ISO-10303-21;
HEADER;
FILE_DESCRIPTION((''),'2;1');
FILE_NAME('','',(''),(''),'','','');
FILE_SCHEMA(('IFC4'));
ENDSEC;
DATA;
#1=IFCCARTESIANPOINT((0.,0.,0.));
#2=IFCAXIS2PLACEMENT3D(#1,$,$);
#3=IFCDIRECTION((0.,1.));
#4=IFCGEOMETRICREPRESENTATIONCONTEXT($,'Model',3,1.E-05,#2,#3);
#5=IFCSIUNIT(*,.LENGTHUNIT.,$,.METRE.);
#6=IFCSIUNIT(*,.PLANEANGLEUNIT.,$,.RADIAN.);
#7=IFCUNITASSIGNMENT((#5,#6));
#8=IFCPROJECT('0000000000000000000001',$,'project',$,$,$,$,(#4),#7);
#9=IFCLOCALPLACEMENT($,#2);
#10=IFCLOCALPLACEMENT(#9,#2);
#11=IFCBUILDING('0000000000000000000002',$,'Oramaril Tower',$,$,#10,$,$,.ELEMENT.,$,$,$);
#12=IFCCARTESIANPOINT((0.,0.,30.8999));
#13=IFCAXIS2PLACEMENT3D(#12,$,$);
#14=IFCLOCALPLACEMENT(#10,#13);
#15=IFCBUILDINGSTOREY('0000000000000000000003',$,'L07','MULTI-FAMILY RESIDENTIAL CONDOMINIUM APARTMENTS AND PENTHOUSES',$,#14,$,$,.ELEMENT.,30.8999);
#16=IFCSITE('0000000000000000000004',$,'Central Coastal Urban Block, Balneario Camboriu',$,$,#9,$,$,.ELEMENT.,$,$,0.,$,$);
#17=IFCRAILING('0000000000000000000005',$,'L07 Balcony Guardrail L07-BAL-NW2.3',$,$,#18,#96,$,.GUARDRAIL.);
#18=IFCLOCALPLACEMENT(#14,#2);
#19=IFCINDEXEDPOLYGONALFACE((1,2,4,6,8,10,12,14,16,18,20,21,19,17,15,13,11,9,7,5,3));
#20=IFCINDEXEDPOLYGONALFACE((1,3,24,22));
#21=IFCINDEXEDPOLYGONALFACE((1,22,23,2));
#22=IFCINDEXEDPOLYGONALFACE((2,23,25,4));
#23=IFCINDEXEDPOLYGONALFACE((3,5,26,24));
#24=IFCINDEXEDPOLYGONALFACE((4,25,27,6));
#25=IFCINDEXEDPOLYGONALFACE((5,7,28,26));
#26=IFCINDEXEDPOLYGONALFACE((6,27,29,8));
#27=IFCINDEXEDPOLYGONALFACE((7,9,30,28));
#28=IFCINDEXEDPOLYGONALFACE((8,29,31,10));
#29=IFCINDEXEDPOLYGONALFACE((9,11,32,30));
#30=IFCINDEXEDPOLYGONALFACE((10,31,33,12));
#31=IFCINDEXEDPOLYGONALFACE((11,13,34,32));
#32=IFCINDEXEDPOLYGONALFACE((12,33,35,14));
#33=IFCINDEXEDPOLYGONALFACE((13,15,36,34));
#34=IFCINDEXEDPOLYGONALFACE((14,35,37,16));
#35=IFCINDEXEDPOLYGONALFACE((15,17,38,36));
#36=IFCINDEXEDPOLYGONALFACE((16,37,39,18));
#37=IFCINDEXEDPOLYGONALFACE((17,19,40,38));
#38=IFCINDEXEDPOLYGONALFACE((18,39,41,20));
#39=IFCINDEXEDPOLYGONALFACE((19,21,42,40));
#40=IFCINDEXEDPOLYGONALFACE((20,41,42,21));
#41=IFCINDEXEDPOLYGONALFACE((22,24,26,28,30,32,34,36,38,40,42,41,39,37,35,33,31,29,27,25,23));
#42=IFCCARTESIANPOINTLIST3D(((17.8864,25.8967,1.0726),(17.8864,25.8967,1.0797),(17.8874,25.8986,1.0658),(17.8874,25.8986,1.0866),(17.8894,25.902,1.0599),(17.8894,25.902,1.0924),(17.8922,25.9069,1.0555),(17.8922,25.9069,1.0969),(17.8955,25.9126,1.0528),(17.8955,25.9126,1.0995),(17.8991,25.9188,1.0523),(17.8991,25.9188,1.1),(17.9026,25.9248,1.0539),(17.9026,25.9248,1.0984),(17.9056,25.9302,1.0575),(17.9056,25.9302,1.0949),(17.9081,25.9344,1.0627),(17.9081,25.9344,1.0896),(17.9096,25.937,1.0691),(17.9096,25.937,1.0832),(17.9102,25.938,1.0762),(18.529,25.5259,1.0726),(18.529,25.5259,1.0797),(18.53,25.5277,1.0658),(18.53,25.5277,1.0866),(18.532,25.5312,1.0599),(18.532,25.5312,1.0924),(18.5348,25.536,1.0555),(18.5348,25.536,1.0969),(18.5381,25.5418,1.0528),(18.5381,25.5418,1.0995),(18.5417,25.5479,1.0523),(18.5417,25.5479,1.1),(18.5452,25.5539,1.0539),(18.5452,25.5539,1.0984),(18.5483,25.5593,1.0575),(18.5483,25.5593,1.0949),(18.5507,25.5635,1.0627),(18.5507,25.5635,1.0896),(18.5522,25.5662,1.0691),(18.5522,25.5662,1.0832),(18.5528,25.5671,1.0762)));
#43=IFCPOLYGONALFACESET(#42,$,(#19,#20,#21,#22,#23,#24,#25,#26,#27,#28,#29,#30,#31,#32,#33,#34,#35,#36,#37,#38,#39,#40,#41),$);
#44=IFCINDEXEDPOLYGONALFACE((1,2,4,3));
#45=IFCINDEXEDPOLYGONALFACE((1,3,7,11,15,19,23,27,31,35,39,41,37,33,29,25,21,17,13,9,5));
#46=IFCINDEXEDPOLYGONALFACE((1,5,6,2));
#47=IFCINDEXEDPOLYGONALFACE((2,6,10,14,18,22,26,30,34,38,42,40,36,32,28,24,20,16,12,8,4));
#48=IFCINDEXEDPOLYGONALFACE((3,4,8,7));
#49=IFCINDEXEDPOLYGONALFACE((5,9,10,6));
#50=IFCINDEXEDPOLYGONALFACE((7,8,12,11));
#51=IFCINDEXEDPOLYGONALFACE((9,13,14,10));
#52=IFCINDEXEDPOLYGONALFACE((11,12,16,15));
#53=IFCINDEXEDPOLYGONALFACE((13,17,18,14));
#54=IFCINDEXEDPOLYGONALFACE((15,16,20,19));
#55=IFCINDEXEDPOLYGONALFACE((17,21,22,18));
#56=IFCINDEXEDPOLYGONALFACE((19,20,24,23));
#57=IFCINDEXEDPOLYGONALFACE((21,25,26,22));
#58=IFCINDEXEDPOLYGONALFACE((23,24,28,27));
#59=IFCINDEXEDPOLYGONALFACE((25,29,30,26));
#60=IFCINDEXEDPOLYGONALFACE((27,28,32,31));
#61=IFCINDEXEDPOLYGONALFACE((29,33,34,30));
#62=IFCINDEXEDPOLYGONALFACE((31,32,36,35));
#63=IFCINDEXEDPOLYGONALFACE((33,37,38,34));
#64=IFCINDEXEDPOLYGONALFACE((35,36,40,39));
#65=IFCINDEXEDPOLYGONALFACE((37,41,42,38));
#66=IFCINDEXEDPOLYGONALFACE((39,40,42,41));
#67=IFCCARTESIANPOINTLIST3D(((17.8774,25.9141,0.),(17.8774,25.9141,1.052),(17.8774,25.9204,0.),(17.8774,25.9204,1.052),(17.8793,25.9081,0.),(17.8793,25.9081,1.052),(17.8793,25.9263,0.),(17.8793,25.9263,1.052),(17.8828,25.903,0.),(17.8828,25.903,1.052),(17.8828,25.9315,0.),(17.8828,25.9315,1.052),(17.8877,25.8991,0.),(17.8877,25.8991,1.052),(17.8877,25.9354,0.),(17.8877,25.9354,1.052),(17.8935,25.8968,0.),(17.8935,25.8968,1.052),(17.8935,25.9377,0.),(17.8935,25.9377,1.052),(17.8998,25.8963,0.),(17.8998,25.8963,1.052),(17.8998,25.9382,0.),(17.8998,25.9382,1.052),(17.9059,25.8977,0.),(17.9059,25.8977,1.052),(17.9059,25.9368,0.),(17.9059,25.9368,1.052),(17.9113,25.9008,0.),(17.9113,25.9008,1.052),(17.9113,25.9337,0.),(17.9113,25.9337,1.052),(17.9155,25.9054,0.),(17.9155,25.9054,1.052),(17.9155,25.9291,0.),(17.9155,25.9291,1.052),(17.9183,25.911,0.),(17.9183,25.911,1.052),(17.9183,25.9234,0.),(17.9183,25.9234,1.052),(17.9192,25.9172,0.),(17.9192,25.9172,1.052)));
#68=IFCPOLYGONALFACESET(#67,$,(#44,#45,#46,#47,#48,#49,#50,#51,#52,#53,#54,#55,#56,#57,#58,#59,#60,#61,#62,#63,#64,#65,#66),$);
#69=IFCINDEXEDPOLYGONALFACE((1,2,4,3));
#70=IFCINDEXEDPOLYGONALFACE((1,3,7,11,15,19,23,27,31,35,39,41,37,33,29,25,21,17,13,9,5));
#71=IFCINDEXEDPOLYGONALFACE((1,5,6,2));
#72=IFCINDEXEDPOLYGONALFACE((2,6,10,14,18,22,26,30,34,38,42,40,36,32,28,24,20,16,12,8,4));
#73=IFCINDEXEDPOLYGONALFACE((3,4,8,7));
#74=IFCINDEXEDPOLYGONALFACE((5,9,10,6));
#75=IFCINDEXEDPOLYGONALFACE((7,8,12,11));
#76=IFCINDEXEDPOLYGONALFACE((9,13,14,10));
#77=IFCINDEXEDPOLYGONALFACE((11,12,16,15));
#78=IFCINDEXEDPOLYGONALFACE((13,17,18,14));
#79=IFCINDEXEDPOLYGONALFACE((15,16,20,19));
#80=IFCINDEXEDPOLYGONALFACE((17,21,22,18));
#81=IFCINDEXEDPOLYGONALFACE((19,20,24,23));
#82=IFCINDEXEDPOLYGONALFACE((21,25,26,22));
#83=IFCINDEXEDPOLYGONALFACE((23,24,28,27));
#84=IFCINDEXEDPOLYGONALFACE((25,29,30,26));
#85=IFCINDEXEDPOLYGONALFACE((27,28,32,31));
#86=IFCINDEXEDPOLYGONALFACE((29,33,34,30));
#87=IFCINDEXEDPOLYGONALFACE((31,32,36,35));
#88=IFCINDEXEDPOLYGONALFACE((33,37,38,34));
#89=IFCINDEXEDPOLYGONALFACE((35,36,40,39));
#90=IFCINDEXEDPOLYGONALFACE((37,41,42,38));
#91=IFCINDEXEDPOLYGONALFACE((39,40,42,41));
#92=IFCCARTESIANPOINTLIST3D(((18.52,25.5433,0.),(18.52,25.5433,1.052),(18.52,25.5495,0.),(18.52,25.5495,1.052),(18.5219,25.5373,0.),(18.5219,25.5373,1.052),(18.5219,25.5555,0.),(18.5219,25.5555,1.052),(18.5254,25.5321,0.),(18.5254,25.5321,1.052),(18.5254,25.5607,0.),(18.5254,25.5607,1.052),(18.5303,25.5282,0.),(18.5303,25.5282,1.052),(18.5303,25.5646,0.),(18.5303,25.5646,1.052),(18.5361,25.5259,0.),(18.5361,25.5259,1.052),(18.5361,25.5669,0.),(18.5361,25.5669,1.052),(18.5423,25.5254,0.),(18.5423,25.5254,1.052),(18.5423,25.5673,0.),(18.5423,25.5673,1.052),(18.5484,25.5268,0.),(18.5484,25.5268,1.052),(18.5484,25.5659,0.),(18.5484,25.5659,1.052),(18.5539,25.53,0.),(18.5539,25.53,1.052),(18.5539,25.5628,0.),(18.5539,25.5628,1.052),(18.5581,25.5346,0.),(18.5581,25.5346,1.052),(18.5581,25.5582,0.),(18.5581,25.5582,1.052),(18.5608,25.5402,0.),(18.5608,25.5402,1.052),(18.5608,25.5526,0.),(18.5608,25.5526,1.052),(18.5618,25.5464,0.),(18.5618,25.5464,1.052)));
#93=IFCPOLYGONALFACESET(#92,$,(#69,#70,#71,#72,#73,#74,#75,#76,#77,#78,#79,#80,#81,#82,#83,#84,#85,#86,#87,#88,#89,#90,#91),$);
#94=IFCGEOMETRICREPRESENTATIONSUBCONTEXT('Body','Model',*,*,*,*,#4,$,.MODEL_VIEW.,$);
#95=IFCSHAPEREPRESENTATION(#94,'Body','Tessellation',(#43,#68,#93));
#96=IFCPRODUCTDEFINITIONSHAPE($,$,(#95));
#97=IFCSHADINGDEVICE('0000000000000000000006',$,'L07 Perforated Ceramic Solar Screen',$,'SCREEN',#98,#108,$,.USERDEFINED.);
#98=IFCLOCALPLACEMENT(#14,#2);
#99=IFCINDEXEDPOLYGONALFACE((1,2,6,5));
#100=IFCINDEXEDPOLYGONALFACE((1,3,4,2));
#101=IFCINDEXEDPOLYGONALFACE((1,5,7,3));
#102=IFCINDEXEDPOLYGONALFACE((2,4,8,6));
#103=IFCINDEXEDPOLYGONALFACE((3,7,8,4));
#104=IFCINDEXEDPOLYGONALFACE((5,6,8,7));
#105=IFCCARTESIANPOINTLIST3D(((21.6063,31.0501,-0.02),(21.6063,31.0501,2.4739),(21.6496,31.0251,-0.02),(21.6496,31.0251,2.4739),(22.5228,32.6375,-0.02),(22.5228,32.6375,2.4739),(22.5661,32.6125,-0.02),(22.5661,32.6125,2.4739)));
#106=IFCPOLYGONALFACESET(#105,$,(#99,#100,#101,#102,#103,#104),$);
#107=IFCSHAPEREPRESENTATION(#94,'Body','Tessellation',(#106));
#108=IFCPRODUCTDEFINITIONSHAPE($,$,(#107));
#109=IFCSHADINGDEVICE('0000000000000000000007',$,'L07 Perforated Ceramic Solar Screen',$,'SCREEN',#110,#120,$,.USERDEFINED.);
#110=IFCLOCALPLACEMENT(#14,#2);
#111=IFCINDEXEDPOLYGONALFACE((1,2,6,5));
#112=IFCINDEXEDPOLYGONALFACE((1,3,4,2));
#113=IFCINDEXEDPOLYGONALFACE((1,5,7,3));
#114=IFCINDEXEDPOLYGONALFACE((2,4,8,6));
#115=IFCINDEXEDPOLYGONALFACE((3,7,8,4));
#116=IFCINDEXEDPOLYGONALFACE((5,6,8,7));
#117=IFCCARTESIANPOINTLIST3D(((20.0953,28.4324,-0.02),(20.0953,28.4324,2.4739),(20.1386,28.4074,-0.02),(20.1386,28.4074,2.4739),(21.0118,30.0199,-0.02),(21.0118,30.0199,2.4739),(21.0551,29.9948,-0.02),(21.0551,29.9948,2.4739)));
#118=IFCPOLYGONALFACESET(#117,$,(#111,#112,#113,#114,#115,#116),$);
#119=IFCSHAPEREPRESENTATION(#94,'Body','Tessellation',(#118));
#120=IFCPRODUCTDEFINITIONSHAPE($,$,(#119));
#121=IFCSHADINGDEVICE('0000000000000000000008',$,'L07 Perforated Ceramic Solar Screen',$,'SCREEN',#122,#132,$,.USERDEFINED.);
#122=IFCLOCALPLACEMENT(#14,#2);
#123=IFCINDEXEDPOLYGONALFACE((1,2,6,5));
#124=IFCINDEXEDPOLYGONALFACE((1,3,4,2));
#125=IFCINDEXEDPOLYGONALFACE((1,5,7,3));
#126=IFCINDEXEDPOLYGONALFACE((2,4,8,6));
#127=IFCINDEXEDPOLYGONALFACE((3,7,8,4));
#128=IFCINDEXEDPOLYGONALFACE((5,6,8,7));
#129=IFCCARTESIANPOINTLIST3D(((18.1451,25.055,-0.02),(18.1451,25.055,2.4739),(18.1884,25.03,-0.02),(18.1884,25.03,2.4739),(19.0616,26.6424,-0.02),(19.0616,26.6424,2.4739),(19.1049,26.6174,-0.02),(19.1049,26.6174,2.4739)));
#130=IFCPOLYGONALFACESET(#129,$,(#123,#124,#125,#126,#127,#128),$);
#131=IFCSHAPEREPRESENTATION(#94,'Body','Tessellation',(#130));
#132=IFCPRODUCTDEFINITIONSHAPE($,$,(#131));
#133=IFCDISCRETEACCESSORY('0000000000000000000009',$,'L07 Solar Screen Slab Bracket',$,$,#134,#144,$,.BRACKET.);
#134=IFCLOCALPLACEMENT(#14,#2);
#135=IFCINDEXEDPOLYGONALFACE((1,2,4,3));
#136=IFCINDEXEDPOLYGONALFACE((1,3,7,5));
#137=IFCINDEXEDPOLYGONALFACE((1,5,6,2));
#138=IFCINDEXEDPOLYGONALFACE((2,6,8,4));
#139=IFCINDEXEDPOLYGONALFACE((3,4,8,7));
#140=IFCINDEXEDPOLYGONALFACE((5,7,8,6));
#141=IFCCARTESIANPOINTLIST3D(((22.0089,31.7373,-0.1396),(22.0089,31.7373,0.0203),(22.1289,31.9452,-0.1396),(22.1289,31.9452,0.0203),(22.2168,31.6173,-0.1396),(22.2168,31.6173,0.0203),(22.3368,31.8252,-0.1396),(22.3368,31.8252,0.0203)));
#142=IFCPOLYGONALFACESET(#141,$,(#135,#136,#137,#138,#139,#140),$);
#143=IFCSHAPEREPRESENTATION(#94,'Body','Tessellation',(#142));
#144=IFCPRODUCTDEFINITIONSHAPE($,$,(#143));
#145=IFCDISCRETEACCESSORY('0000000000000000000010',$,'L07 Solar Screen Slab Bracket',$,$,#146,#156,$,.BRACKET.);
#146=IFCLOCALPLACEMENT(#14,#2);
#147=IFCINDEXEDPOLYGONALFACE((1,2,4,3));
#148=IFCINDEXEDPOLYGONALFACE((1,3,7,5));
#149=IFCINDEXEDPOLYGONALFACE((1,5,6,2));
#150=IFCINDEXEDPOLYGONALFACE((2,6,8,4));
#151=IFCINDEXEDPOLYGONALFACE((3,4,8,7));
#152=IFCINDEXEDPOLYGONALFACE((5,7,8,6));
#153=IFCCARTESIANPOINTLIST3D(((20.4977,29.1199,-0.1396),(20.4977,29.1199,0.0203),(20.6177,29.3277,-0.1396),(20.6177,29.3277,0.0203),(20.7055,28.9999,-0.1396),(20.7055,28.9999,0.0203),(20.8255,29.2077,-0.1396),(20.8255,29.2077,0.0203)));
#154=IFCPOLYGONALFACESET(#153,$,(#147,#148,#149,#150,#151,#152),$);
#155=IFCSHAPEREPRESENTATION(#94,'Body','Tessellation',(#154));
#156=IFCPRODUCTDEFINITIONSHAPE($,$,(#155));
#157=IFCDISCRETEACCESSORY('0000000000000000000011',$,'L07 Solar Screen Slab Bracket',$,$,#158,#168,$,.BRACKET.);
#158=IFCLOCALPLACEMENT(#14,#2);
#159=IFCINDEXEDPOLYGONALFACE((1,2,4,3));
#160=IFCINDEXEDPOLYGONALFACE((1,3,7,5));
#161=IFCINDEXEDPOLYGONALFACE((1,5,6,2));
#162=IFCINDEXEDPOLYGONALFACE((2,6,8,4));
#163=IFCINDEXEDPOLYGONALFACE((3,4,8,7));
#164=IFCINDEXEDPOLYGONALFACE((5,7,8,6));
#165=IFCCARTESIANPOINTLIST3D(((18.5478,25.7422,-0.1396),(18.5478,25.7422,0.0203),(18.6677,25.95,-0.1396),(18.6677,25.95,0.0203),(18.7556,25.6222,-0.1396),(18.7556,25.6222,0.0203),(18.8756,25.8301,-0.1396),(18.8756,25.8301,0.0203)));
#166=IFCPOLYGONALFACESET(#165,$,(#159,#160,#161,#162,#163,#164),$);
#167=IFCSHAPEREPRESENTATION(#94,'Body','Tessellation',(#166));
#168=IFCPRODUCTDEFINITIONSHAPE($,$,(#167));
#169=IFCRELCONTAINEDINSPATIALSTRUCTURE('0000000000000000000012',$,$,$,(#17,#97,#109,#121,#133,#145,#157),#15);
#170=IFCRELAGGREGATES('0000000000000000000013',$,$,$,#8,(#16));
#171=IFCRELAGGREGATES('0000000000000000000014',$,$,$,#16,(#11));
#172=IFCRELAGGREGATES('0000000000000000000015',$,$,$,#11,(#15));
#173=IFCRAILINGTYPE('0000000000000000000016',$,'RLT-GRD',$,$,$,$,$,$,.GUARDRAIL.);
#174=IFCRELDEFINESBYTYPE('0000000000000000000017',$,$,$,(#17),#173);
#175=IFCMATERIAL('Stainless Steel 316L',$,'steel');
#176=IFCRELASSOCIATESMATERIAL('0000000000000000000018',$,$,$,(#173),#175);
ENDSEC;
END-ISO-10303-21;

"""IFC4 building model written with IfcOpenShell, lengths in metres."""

from ifc_helpers import new_model, si_unit, direction, frame, origin, origin_2d, place, context, subcontext, project, spatial, rectangle, circle, extrude, material, type_object, element, save


model = new_model("IFC4")

# Units and contexts
model_context = context("Model", 3, precision=1e-05, world=origin(), true_north=direction((0.0, 1.0)))
body_context = subcontext(model_context, "Body", "Model", "MODEL_VIEW")
ifc_project = project(units=[si_unit("LENGTHUNIT", "METRE"), si_unit("PLANEANGLEUNIT", "RADIAN")], contexts=[model_context])

# Site, building, storey
site_placement = place(None, origin())
site = spatial("IfcSite", under=ifc_project, at=site_placement, Name="Central Coastal Urban Block, Balneario Camboriu", CompositionType="ELEMENT", RefElevation=0.0)
building_placement = place(site_placement, origin())
building = spatial("IfcBuilding", under=site, at=building_placement, Name="Oramaril Tower", CompositionType="ELEMENT")
storey_placement = place(building_placement, frame((0.0, 0.0, 30.8999)))
storey = spatial("IfcBuildingStorey", under=building, at=storey_placement, Name="L07", Description="MULTI-FAMILY RESIDENTIAL CONDOMINIUM APARTMENTS AND PENTHOUSES", CompositionType="ELEMENT", Elevation=30.8999)

# Railing
ifc_material_1 = material(Name="Stainless Steel 316L", Category="steel")
railing_type = type_object("IfcRailingType", Name="RLT-GRD", PredefinedType="GUARDRAIL", material=ifc_material_1)
railing_placement = place(storey_placement, frame((17.8982, 25.9172, 0.0)))
element("IfcRailing", 1, at=railing_placement, inside=storey, type_object=railing_type, Name="L07 Balcony Guardrail L07-BAL-NW2.3", PredefinedType="GUARDRAIL", context=body_context, shape_type="SweptSolid", body=[
    extrude(circle(Radius=0.0239, at=origin_2d()), frame((0.0, 0.0, 1.0762), z_axis=(0.866109, -0.499855, 0.0), x_axis=(0.499855, 0.866109, 0.0)), (0.0, 0.0, 1.0), 0.7419),
    extrude(circle(Radius=0.021, at=origin_2d()), origin(), (0.0, 0.0, 1.0), 1.052),
    extrude(circle(Radius=0.021, at=origin_2d()), frame((0.6426, -0.3708, 0.0)), (0.0, 0.0, 1.0), 1.052),
])

# Shading devices
for number, where, z_axis, x_axis, name in (
    (2, (22.0862, 31.8313, -0.02), (0.0, 0.0, 1.0), (-0.5, -0.866025, 0.0), "L07 Perforated Ceramic Solar Screen"),
    (3, (20.5752, 29.2136, -0.02), (0.0, 0.0, 1.0), (-0.5, -0.866025, 0.0), "L07 Perforated Ceramic Solar Screen"),
    (4, (18.625, 25.8362, -0.02), (0.0, 0.0, 1.0), (-0.5, -0.866025, 0.0), "L07 Perforated Ceramic Solar Screen"),
):
    element("IfcShadingDevice", number, at=place(storey_placement, frame(where, z_axis=z_axis, x_axis=x_axis)), inside=storey, Name=name, ObjectType="SCREEN", PredefinedType="USERDEFINED", context=body_context, shape_type="SweptSolid", body=[
        extrude(rectangle(XDim=1.833, YDim=0.05, at=origin_2d()), origin(), (0.0, 0.0, 1.0), 2.4939),
    ])

# Discrete accessories
for number, where, z_axis, x_axis, name in (
    (5, (22.1729, 31.7812, -0.1396), (0.0, 0.0, 1.0), (-0.5, -0.866025, 0.0), "L07 Solar Screen Slab Bracket"),
    (6, (20.6616, 29.1638, -0.1396), (0.0, 0.0, 1.0), (-0.5, -0.866025, 0.0), "L07 Solar Screen Slab Bracket"),
    (7, (18.7117, 25.7861, -0.1396), (0.0, 0.0, 1.0), (-0.5, -0.866025, 0.0), "L07 Solar Screen Slab Bracket"),
):
    element("IfcDiscreteAccessory", number, at=place(storey_placement, frame(where, z_axis=z_axis, x_axis=x_axis)), inside=storey, Name=name, PredefinedType="BRACKET", context=body_context, shape_type="SweptSolid", body=[
        extrude(rectangle(XDim=0.24, YDim=0.24, at=origin_2d()), origin(), (0.0, 0.0, 1.0), 0.1599),
    ])

save(model, "model.ifc")
